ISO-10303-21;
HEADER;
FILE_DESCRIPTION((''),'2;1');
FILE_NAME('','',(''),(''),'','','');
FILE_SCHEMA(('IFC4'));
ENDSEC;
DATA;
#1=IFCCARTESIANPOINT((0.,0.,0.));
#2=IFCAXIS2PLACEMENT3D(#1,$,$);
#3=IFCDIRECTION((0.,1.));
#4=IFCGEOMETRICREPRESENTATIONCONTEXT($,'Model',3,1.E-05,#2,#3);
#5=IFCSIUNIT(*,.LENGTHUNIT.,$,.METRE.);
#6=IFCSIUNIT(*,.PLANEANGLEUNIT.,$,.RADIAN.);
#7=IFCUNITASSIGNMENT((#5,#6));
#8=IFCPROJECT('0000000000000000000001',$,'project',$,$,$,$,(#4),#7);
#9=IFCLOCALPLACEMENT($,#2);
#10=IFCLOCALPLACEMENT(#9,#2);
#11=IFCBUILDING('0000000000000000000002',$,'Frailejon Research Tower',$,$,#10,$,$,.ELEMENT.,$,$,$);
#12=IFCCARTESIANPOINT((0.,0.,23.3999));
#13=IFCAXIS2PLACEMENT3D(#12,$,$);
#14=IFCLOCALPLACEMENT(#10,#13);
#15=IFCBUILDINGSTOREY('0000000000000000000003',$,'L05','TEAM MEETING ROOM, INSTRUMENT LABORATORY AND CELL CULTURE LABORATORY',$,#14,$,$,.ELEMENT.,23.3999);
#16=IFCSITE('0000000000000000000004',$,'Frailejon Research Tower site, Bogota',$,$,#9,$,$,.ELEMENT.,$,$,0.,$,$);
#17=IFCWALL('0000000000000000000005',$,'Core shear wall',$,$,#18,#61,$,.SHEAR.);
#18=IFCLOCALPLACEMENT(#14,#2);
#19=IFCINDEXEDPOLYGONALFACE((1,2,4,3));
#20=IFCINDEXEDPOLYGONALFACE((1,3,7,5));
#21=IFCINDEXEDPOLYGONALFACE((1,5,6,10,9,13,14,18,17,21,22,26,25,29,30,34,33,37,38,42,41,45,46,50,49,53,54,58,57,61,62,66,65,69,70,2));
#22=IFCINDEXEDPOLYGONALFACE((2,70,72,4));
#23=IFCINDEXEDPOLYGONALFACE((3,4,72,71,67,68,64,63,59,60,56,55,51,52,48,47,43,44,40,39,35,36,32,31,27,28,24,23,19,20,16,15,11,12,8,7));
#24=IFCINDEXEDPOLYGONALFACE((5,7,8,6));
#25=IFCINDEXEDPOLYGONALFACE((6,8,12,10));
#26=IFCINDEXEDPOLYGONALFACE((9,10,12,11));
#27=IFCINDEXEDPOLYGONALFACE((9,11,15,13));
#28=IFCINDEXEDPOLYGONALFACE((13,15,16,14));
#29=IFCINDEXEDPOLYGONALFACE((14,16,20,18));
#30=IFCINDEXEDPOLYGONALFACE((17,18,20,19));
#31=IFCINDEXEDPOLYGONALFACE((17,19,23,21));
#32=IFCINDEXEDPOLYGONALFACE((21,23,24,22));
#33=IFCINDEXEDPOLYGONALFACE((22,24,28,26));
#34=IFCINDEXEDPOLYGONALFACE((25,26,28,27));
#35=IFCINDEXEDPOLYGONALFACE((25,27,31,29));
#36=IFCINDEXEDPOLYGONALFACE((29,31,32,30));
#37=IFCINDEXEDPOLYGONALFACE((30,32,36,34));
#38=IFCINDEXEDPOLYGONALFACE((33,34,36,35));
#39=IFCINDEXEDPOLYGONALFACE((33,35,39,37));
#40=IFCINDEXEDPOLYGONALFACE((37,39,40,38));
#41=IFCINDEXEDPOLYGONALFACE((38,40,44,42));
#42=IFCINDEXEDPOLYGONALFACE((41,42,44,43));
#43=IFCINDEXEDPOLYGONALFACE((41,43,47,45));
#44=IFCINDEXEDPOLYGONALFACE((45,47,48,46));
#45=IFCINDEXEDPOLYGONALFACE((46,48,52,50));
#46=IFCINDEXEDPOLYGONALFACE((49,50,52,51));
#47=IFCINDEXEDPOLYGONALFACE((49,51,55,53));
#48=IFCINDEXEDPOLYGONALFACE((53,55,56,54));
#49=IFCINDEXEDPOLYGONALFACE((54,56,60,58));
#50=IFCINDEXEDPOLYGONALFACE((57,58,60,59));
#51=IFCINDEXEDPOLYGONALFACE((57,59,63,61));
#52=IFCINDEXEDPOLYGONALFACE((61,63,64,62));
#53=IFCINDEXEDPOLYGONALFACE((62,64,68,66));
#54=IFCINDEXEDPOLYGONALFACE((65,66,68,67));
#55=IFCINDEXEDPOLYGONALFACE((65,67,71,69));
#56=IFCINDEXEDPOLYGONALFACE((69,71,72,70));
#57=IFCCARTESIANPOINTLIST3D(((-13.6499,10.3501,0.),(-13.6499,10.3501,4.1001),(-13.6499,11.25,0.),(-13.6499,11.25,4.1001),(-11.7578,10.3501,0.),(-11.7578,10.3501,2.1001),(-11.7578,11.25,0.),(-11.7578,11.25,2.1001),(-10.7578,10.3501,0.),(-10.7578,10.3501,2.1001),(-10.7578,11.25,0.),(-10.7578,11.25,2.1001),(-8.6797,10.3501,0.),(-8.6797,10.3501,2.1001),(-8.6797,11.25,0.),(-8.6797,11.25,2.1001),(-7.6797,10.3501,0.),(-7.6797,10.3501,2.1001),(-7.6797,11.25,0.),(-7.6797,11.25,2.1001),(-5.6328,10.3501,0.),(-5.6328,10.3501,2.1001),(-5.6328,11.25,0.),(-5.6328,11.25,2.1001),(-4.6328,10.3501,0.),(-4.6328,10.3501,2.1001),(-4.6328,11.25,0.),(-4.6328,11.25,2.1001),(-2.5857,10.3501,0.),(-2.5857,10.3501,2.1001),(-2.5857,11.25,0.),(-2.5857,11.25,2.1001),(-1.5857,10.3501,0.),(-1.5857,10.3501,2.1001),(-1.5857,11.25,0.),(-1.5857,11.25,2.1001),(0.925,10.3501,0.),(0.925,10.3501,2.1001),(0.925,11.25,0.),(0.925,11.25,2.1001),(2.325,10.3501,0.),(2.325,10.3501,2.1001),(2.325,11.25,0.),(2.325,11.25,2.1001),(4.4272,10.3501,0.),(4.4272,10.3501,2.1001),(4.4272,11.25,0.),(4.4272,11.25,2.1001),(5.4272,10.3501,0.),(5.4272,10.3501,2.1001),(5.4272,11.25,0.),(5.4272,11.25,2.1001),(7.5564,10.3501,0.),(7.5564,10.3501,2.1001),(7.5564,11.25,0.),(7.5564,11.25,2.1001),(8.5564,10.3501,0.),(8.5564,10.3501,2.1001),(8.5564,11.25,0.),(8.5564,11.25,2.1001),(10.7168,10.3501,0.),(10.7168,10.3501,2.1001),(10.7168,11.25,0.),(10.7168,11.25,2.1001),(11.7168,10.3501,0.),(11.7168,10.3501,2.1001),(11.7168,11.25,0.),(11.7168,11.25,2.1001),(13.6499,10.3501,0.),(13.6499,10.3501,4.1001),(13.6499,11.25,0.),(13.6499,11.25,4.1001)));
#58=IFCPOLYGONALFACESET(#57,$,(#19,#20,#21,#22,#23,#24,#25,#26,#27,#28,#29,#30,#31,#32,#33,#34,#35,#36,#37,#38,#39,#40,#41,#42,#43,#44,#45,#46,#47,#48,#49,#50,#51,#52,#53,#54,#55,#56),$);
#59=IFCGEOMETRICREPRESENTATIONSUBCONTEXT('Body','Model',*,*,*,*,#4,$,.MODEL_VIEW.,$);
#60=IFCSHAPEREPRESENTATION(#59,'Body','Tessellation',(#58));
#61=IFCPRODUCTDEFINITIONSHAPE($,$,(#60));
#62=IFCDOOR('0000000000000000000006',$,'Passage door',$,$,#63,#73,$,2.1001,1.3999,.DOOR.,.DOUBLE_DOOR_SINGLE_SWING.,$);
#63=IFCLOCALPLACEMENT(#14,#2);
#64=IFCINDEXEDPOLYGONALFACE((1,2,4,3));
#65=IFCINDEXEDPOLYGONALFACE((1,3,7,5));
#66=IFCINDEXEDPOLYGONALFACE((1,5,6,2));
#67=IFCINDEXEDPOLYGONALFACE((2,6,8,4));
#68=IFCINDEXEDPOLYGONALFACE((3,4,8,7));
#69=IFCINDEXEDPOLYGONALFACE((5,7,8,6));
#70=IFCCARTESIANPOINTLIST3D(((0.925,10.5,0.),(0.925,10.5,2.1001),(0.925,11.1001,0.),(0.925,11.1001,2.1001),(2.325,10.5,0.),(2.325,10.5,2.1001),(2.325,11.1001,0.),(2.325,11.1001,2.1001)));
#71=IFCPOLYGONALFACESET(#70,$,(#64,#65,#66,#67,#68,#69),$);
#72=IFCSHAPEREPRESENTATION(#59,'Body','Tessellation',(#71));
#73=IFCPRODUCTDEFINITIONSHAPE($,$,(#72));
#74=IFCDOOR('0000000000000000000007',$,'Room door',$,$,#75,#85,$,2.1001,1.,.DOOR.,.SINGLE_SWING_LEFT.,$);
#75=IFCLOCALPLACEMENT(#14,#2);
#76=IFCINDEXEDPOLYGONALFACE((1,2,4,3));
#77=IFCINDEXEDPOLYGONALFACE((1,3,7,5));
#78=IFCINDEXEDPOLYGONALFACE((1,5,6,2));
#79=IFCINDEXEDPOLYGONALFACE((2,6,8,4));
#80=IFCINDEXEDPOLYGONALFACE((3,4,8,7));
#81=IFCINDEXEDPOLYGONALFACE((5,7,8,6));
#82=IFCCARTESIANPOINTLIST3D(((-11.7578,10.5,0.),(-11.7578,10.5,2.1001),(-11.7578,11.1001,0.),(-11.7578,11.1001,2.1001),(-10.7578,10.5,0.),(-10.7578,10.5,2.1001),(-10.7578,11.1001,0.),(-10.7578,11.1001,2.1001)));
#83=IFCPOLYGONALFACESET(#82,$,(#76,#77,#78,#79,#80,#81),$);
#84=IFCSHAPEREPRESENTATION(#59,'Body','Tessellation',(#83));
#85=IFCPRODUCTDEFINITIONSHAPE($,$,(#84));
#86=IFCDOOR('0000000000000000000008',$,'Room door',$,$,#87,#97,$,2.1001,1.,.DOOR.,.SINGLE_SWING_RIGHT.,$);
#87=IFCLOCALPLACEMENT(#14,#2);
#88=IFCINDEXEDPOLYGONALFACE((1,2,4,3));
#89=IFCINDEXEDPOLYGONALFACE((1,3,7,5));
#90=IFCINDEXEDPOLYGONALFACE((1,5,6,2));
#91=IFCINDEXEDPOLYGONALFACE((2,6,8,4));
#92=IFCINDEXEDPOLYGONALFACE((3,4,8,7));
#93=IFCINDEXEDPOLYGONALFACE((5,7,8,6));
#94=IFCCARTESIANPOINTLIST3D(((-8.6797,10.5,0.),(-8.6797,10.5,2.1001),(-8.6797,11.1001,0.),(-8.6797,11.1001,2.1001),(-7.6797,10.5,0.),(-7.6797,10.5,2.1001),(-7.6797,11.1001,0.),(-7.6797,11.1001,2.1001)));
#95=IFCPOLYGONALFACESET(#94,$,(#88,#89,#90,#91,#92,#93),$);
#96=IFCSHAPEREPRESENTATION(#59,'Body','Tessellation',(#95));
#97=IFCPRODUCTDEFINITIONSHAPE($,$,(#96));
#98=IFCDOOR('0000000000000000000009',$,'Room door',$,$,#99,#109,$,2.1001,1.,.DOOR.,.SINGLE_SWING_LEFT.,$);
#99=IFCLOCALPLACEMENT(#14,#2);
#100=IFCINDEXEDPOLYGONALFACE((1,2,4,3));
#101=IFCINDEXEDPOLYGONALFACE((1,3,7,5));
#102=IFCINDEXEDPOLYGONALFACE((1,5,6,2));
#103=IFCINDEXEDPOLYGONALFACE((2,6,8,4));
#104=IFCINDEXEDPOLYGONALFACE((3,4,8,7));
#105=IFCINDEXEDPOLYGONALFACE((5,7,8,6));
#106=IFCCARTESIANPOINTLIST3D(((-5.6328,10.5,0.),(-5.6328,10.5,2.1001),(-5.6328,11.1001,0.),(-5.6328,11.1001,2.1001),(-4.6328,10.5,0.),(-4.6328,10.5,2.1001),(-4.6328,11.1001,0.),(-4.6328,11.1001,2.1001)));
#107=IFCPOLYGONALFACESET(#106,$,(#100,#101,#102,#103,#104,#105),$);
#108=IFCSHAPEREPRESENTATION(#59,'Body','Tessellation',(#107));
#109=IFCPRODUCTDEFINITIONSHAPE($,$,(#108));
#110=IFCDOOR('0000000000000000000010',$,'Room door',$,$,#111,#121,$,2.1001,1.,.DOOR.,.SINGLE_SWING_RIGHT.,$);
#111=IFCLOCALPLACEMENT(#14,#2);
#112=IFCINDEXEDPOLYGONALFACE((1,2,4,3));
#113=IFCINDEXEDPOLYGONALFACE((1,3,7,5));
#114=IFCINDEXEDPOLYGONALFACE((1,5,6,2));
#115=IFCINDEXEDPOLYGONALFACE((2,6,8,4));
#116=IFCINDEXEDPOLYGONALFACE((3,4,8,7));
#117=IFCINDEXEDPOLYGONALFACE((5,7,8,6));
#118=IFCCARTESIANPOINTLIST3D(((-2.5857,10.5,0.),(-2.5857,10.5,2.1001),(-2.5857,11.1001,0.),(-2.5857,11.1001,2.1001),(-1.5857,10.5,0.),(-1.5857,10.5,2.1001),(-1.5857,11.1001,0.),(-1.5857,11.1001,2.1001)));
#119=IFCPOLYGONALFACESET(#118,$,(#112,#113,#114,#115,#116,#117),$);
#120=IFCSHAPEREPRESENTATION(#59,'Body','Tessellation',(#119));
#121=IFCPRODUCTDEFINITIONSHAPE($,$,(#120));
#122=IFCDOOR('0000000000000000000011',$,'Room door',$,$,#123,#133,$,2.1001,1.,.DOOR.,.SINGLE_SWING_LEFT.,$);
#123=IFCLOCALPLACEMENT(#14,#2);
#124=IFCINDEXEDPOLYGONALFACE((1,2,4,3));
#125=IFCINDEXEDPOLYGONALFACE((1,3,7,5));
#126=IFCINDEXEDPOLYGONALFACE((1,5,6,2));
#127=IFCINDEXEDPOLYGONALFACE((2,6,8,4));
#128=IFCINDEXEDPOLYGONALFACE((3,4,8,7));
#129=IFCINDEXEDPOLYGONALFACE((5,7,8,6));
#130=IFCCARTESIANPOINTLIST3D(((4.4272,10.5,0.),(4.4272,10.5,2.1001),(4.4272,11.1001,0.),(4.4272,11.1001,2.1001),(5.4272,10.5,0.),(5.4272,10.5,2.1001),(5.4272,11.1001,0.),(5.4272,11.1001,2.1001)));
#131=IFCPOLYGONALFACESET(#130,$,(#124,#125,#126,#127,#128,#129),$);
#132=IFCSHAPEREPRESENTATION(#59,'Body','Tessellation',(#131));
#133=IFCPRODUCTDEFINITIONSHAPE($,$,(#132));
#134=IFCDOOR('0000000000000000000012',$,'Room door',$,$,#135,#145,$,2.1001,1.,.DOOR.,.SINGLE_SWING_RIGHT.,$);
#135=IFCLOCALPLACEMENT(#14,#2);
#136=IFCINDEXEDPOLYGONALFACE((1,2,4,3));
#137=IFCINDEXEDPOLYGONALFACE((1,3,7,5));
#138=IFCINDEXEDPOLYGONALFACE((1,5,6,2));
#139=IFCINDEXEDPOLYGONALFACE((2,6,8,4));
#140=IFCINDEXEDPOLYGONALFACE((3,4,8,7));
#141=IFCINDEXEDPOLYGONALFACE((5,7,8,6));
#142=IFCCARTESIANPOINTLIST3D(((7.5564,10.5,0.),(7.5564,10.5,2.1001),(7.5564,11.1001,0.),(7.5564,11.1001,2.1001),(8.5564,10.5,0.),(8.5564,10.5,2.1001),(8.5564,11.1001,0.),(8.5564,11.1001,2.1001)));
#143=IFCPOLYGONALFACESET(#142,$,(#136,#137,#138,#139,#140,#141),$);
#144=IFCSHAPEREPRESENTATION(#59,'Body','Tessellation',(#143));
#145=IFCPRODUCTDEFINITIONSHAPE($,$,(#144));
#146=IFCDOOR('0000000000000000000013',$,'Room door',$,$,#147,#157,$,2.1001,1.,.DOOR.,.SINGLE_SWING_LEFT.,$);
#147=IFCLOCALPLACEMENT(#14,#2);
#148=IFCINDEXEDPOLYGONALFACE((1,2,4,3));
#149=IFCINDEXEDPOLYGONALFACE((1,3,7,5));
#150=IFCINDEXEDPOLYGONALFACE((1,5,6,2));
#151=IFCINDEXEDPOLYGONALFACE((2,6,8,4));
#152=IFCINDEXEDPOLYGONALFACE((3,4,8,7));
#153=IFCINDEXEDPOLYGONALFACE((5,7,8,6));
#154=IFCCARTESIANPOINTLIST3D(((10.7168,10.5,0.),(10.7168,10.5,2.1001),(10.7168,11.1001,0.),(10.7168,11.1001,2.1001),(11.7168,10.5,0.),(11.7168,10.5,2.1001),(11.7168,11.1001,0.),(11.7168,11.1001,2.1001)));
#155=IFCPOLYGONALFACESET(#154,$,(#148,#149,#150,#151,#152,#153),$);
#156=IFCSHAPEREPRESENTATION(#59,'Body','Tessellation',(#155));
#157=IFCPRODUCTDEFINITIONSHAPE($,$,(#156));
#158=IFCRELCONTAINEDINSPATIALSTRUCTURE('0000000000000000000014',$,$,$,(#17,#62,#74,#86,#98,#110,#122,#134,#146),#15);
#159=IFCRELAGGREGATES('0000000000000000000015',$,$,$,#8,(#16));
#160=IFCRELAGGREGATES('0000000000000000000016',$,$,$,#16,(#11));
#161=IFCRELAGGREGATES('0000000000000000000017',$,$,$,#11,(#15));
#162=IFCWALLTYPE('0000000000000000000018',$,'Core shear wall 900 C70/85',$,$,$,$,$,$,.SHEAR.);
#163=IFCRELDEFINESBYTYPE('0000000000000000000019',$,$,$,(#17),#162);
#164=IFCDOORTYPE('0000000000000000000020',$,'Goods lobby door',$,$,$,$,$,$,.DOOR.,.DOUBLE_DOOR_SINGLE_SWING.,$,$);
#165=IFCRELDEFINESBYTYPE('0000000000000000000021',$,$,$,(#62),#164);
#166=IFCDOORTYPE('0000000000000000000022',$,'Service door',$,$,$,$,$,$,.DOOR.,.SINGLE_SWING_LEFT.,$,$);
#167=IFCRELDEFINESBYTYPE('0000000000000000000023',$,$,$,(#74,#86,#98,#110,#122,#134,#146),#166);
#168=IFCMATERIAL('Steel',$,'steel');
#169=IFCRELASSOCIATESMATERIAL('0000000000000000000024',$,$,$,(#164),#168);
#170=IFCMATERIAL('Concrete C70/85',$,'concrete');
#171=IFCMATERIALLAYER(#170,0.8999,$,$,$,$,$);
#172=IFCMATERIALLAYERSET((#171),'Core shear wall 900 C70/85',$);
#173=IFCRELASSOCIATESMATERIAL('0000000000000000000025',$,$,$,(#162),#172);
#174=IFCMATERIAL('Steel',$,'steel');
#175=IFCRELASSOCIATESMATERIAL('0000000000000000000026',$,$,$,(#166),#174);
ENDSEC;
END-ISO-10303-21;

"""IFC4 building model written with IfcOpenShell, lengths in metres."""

from ifc_helpers import new_model, si_unit, direction, frame, frame_2d, origin, place, context, subcontext, project, spatial, rectangle, extrude, material, layer, layer_set, type_object, element, fill, save


model = new_model("IFC4")

# Units and contexts
model_context = context("Model", 3, precision=1e-05, world=origin(), true_north=direction((0.0, 1.0)))
body_context = subcontext(model_context, "Body", "Model", "MODEL_VIEW")
ifc_project = project(units=[si_unit("LENGTHUNIT", "METRE"), si_unit("PLANEANGLEUNIT", "RADIAN")], contexts=[model_context])

# Site, building, storey
site_placement = place(None, origin())
site = spatial("IfcSite", under=ifc_project, at=site_placement, Name="Frailejon Research Tower site, Bogota", CompositionType="ELEMENT", RefElevation=0.0)
building_placement = place(site_placement, origin())
building = spatial("IfcBuilding", under=site, at=building_placement, Name="Frailejon Research Tower", CompositionType="ELEMENT")
storey_placement = place(building_placement, frame((0.0, 0.0, 23.3999)))
storey = spatial("IfcBuildingStorey", under=building, at=storey_placement, Name="L05", Description="TEAM MEETING ROOM, INSTRUMENT LABORATORY AND CELL CULTURE LABORATORY", CompositionType="ELEMENT", Elevation=23.3999)

# Shared definitions
ifc_material_1 = material(Name="Steel", Category="steel")
door_type_1 = type_object("IfcDoorType", Name="Goods lobby door", OperationType="DOUBLE_DOOR_SINGLE_SWING", PredefinedType="DOOR", material=ifc_material_1)

# Wall, openings, doors
ifc_material_2 = material(Name="Concrete C70/85", Category="concrete")
ifc_layer_1 = layer(ifc_material_2, 0.8999)
ifc_layer_set_1 = layer_set([ifc_layer_1], Name="Core shear wall 900 C70/85")
wall_type_1 = type_object("IfcWallType", Name="Core shear wall 900 C70/85", PredefinedType="SHEAR", material=ifc_layer_set_1)
wall_1_placement = place(storey_placement, frame((-13.6499, 10.8, 0.0), z_axis=(0.0, 0.0, 1.0), x_axis=(1.0, 0.0, 0.0)))
wall_1 = element("IfcWall", 1, at=wall_1_placement, inside=storey, type_object=wall_type_1, Name="Core shear wall", PredefinedType="SHEAR", context=body_context, shape_type="SweptSolid", body=[
    extrude(rectangle(XDim=27.2998, YDim=0.8999, at=frame_2d((13.6499, 0.0))), origin(), (0.0, 0.0, 1.0), 4.1001),
])
opening_1_placement = place(wall_1_placement, frame((1.8921, 0.0, 0.0)))
opening_1 = element("IfcOpeningElement", 2, at=opening_1_placement, cuts=wall_1, PredefinedType="OPENING", context=body_context, shape_type="SweptSolid", body=[
    extrude(rectangle(XDim=1.0, YDim=2.1001, at=frame_2d((0.5, 1.05))), frame((0.0, 0.46, 0.0), z_axis=(0.0, -1.0, 0.0), x_axis=(1.0, 0.0, 0.0)), (0.0, 0.0, 1.0), 0.9199),
])
opening_2_placement = place(wall_1_placement, frame((4.9702, 0.0, 0.0)))
opening_2 = element("IfcOpeningElement", 3, at=opening_2_placement, cuts=wall_1, PredefinedType="OPENING", context=body_context, shape_type="SweptSolid", body=[
    extrude(rectangle(XDim=1.0, YDim=2.1001, at=frame_2d((0.5, 1.05))), frame((0.0, 0.46, 0.0), z_axis=(0.0, -1.0, 0.0), x_axis=(1.0, 0.0, 0.0)), (0.0, 0.0, 1.0), 0.9199),
])
opening_3_placement = place(wall_1_placement, frame((8.0171, 0.0, 0.0)))
opening_3 = element("IfcOpeningElement", 4, at=opening_3_placement, cuts=wall_1, PredefinedType="OPENING", context=body_context, shape_type="SweptSolid", body=[
    extrude(rectangle(XDim=1.0, YDim=2.1001, at=frame_2d((0.5, 1.05))), frame((0.0, 0.46, 0.0), z_axis=(0.0, -1.0, 0.0), x_axis=(1.0, 0.0, 0.0)), (0.0, 0.0, 1.0), 0.9199),
])
opening_4_placement = place(wall_1_placement, frame((11.0642, 0.0, 0.0)))
opening_4 = element("IfcOpeningElement", 5, at=opening_4_placement, cuts=wall_1, PredefinedType="OPENING", context=body_context, shape_type="SweptSolid", body=[
    extrude(rectangle(XDim=1.0, YDim=2.1001, at=frame_2d((0.5, 1.05))), frame((0.0, 0.46, 0.0), z_axis=(0.0, -1.0, 0.0), x_axis=(1.0, 0.0, 0.0)), (0.0, 0.0, 1.0), 0.9199),
])
opening_5_placement = place(wall_1_placement, frame((18.0771, 0.0, 0.0)))
opening_5 = element("IfcOpeningElement", 6, at=opening_5_placement, cuts=wall_1, PredefinedType="OPENING", context=body_context, shape_type="SweptSolid", body=[
    extrude(rectangle(XDim=1.0, YDim=2.1001, at=frame_2d((0.5, 1.05))), frame((0.0, 0.46, 0.0), z_axis=(0.0, -1.0, 0.0), x_axis=(1.0, 0.0, 0.0)), (0.0, 0.0, 1.0), 0.9199),
])
opening_6_placement = place(wall_1_placement, frame((21.2063, 0.0, 0.0)))
opening_6 = element("IfcOpeningElement", 7, at=opening_6_placement, cuts=wall_1, PredefinedType="OPENING", context=body_context, shape_type="SweptSolid", body=[
    extrude(rectangle(XDim=1.0, YDim=2.1001, at=frame_2d((0.5, 1.05))), frame((0.0, 0.46, 0.0), z_axis=(0.0, -1.0, 0.0), x_axis=(1.0, 0.0, 0.0)), (0.0, 0.0, 1.0), 0.9199),
])
opening_7_placement = place(wall_1_placement, frame((24.3667, 0.0, 0.0)))
opening_7 = element("IfcOpeningElement", 8, at=opening_7_placement, cuts=wall_1, PredefinedType="OPENING", context=body_context, shape_type="SweptSolid", body=[
    extrude(rectangle(XDim=1.0, YDim=2.1001, at=frame_2d((0.5, 1.05))), frame((0.0, 0.46, 0.0), z_axis=(0.0, -1.0, 0.0), x_axis=(1.0, 0.0, 0.0)), (0.0, 0.0, 1.0), 0.9199),
])
opening_8_placement = place(wall_1_placement, frame((14.575, 0.0, 0.0)))
opening_8 = element("IfcOpeningElement", 9, at=opening_8_placement, cuts=wall_1, PredefinedType="OPENING", context=body_context, shape_type="SweptSolid", body=[
    extrude(rectangle(XDim=1.3999, YDim=2.1001, at=frame_2d((0.7, 1.05))), frame((0.0, 0.46, 0.0), z_axis=(0.0, -1.0, 0.0), x_axis=(1.0, 0.0, 0.0)), (0.0, 0.0, 1.0), 0.9199),
])
door_1_placement = place(opening_8_placement, origin())
door_1 = element("IfcDoor", 10, at=door_1_placement, inside=storey, type_object=door_type_1, Name="Passage door", OperationType="DOUBLE_DOOR_SINGLE_SWING", OverallHeight=2.1001, OverallWidth=1.3999, PredefinedType="DOOR", context=body_context, shape_type="SweptSolid", body=[
    extrude(rectangle(XDim=1.3999, YDim=2.1001, at=frame_2d((0.7, 1.05))), frame((0.0, 0.3, 0.0), z_axis=(0.0, -1.0, 0.0), x_axis=(1.0, 0.0, 0.0)), (0.0, 0.0, 1.0), 0.6001),
])
fill(opening_8, door_1)
ifc_material_3 = material(Name="Steel", Category="steel")
door_type_2 = type_object("IfcDoorType", Name="Service door", OperationType="SINGLE_SWING_LEFT", PredefinedType="DOOR", material=ifc_material_3)
door_2_placement = place(opening_1_placement, origin())
door_2 = element("IfcDoor", 11, at=door_2_placement, inside=storey, type_object=door_type_2, Name="Room door", OperationType="SINGLE_SWING_LEFT", OverallHeight=2.1001, OverallWidth=1.0, PredefinedType="DOOR", context=body_context, shape_type="SweptSolid", body=[
    extrude(rectangle(XDim=1.0, YDim=2.1001, at=frame_2d((0.5, 1.05))), frame((0.0, 0.3, 0.0), z_axis=(0.0, -1.0, 0.0), x_axis=(1.0, 0.0, 0.0)), (0.0, 0.0, 1.0), 0.6001),
])
fill(opening_1, door_2)
door_3_placement = place(opening_2_placement, origin())
door_3 = element("IfcDoor", 12, at=door_3_placement, inside=storey, type_object=door_type_2, Name="Room door", OperationType="SINGLE_SWING_RIGHT", OverallHeight=2.1001, OverallWidth=1.0, PredefinedType="DOOR", context=body_context, shape_type="SweptSolid", body=[
    extrude(rectangle(XDim=1.0, YDim=2.1001, at=frame_2d((0.5, 1.05))), frame((0.0, 0.3, 0.0), z_axis=(0.0, -1.0, 0.0), x_axis=(1.0, 0.0, 0.0)), (0.0, 0.0, 1.0), 0.6001),
])
fill(opening_2, door_3)
door_4_placement = place(opening_3_placement, origin())
door_4 = element("IfcDoor", 13, at=door_4_placement, inside=storey, type_object=door_type_2, Name="Room door", OperationType="SINGLE_SWING_LEFT", OverallHeight=2.1001, OverallWidth=1.0, PredefinedType="DOOR", context=body_context, shape_type="SweptSolid", body=[
    extrude(rectangle(XDim=1.0, YDim=2.1001, at=frame_2d((0.5, 1.05))), frame((0.0, 0.3, 0.0), z_axis=(0.0, -1.0, 0.0), x_axis=(1.0, 0.0, 0.0)), (0.0, 0.0, 1.0), 0.6001),
])
fill(opening_3, door_4)
door_5_placement = place(opening_4_placement, origin())
door_5 = element("IfcDoor", 14, at=door_5_placement, inside=storey, type_object=door_type_2, Name="Room door", OperationType="SINGLE_SWING_RIGHT", OverallHeight=2.1001, OverallWidth=1.0, PredefinedType="DOOR", context=body_context, shape_type="SweptSolid", body=[
    extrude(rectangle(XDim=1.0, YDim=2.1001, at=frame_2d((0.5, 1.05))), frame((0.0, 0.3, 0.0), z_axis=(0.0, -1.0, 0.0), x_axis=(1.0, 0.0, 0.0)), (0.0, 0.0, 1.0), 0.6001),
])
fill(opening_4, door_5)
door_6_placement = place(opening_5_placement, origin())
door_6 = element("IfcDoor", 15, at=door_6_placement, inside=storey, type_object=door_type_2, Name="Room door", OperationType="SINGLE_SWING_LEFT", OverallHeight=2.1001, OverallWidth=1.0, PredefinedType="DOOR", context=body_context, shape_type="SweptSolid", body=[
    extrude(rectangle(XDim=1.0, YDim=2.1001, at=frame_2d((0.5, 1.05))), frame((0.0, 0.3, 0.0), z_axis=(0.0, -1.0, 0.0), x_axis=(1.0, 0.0, 0.0)), (0.0, 0.0, 1.0), 0.6001),
])
fill(opening_5, door_6)
door_7_placement = place(opening_6_placement, origin())
door_7 = element("IfcDoor", 16, at=door_7_placement, inside=storey, type_object=door_type_2, Name="Room door", OperationType="SINGLE_SWING_RIGHT", OverallHeight=2.1001, OverallWidth=1.0, PredefinedType="DOOR", context=body_context, shape_type="SweptSolid", body=[
    extrude(rectangle(XDim=1.0, YDim=2.1001, at=frame_2d((0.5, 1.05))), frame((0.0, 0.3, 0.0), z_axis=(0.0, -1.0, 0.0), x_axis=(1.0, 0.0, 0.0)), (0.0, 0.0, 1.0), 0.6001),
])
fill(opening_6, door_7)
door_8_placement = place(opening_7_placement, origin())
door_8 = element("IfcDoor", 17, at=door_8_placement, inside=storey, type_object=door_type_2, Name="Room door", OperationType="SINGLE_SWING_LEFT", OverallHeight=2.1001, OverallWidth=1.0, PredefinedType="DOOR", context=body_context, shape_type="SweptSolid", body=[
    extrude(rectangle(XDim=1.0, YDim=2.1001, at=frame_2d((0.5, 1.05))), frame((0.0, 0.3, 0.0), z_axis=(0.0, -1.0, 0.0), x_axis=(1.0, 0.0, 0.0)), (0.0, 0.0, 1.0), 0.6001),
])
fill(opening_7, door_8)

save(model, "model.ifc")
